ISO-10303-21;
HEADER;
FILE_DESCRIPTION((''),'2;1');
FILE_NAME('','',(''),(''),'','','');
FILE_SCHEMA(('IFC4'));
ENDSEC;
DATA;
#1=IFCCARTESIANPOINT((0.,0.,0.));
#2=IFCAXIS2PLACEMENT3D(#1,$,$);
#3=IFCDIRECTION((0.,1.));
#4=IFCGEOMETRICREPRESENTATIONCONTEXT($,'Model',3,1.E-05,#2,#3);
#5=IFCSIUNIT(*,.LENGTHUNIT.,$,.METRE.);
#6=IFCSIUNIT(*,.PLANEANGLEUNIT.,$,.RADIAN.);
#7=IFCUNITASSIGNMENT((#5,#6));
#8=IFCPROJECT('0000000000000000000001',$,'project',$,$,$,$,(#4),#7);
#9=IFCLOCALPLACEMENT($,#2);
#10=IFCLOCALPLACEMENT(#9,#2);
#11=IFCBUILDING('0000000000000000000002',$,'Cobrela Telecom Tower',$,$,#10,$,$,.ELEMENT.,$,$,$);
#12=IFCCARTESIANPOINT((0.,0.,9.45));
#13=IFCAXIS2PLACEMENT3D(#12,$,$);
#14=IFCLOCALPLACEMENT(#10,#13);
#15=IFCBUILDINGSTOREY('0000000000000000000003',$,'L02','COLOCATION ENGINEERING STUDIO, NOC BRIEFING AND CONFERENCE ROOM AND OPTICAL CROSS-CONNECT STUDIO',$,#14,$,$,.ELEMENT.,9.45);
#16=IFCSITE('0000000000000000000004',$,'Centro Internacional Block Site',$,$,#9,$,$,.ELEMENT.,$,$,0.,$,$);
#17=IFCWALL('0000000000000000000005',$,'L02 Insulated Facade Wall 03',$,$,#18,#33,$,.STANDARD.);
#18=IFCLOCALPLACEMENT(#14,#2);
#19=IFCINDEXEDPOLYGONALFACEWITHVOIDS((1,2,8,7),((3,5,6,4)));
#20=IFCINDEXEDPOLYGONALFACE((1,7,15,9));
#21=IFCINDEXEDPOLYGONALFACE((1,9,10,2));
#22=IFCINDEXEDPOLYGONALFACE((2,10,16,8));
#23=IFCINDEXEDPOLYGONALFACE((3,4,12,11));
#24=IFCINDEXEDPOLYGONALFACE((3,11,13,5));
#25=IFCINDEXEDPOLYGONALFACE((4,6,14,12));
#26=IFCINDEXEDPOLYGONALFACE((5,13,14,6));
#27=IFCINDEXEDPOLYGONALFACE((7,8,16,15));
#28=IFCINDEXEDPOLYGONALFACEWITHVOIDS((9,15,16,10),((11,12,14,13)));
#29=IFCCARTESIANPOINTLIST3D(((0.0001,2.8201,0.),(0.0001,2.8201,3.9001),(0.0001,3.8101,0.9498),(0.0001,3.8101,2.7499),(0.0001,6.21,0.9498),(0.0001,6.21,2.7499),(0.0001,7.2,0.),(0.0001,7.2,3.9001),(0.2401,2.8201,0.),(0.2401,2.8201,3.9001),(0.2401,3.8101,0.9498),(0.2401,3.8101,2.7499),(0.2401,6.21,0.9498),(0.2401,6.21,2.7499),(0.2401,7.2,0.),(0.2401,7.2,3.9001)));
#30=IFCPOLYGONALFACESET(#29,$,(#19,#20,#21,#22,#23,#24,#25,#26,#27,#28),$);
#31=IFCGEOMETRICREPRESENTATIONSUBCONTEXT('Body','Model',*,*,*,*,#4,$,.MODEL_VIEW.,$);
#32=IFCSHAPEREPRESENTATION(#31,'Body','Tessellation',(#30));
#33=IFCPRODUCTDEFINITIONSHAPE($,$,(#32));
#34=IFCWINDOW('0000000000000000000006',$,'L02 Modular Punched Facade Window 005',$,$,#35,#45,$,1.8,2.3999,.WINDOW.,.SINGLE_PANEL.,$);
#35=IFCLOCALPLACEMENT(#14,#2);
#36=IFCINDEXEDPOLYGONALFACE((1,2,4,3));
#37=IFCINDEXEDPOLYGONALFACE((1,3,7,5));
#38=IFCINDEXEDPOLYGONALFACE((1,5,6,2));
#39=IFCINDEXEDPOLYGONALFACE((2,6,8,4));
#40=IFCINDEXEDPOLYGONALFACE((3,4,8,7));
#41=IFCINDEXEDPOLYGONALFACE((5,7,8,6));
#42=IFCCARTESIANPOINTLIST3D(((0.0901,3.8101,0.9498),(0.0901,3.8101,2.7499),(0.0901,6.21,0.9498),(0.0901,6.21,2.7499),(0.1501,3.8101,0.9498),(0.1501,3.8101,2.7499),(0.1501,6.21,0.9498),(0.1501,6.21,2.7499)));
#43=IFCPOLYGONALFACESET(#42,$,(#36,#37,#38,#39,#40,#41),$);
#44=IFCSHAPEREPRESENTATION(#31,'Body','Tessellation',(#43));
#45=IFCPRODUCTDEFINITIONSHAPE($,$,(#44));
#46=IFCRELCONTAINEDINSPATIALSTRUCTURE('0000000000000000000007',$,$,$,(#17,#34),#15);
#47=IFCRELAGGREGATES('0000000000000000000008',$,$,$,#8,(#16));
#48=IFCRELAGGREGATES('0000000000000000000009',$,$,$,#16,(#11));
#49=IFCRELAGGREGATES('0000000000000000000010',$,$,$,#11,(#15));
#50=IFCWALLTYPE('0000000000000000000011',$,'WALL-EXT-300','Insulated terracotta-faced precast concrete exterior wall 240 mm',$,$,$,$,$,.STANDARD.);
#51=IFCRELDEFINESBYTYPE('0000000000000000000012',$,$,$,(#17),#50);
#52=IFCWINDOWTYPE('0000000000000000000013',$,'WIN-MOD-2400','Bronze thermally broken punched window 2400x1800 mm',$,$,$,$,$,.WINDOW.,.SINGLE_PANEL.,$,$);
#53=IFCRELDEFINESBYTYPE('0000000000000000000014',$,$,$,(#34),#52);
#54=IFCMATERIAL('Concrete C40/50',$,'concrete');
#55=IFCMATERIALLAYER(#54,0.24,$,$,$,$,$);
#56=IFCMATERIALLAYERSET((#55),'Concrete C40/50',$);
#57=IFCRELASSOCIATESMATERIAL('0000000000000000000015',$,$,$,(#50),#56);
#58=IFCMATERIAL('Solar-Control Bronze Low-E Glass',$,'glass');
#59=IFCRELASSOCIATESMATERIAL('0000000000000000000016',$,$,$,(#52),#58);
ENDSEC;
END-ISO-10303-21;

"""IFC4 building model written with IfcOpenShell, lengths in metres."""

from ifc_helpers import new_model, si_unit, direction, frame, frame_2d, origin, place, context, subcontext, project, spatial, rectangle, extrude, material, layer, layer_set, type_object, element, fill, save


model = new_model("IFC4")

# Units and contexts
model_context = context("Model", 3, precision=1e-05, world=origin(), true_north=direction((0.0, 1.0)))
body_context = subcontext(model_context, "Body", "Model", "MODEL_VIEW")
ifc_project = project(units=[si_unit("LENGTHUNIT", "METRE"), si_unit("PLANEANGLEUNIT", "RADIAN")], contexts=[model_context])

# Site, building, storey
site_placement = place(None, origin())
site = spatial("IfcSite", under=ifc_project, at=site_placement, Name="Centro Internacional Block Site", CompositionType="ELEMENT", RefElevation=0.0)
building_placement = place(site_placement, origin())
building = spatial("IfcBuilding", under=site, at=building_placement, Name="Cobrela Telecom Tower", CompositionType="ELEMENT")
storey_placement = place(building_placement, frame((0.0, 0.0, 9.45)))
storey = spatial("IfcBuildingStorey", under=building, at=storey_placement, Name="L02", Description="COLOCATION ENGINEERING STUDIO, NOC BRIEFING AND CONFERENCE ROOM AND OPTICAL CROSS-CONNECT STUDIO", CompositionType="ELEMENT", Elevation=9.45)

# Shared definitions
ifc_material_1 = material(Name="Concrete C40/50", Category="concrete")

# Wall, opening, window
ifc_layer_1 = layer(ifc_material_1, 0.24)
ifc_layer_set_1 = layer_set([ifc_layer_1], Name="Concrete C40/50")
wall_type_1 = type_object("IfcWallType", Name="WALL-EXT-300", Description="Insulated terracotta-faced precast concrete exterior wall 240 mm", PredefinedType="STANDARD", material=ifc_layer_set_1)
ifc_material_2 = material(Name="Solar-Control Bronze Low-E Glass", Category="glass")
wall_1_placement = place(storey_placement, frame((0.1201, 2.8201, 0.0), z_axis=(0.0, 0.0, 1.0), x_axis=(0.0, 1.0, 0.0)))
wall_1 = element("IfcWall", 1, at=wall_1_placement, inside=storey, type_object=wall_type_1, Name="L02 Insulated Facade Wall 03", PredefinedType="STANDARD", context=body_context, shape_type="SweptSolid", body=[
    extrude(rectangle(XDim=4.3799, YDim=0.24, at=frame_2d((2.1899, 0.0))), origin(), (0.0, 0.0, 1.0), 3.9001),
])
opening_1_placement = place(wall_1_placement, frame((0.99, 0.0, 0.95)))
opening_1 = element("IfcOpeningElement", 2, at=opening_1_placement, cuts=wall_1, PredefinedType="OPENING", context=body_context, shape_type="SweptSolid", body=[
    extrude(rectangle(XDim=2.3999, YDim=1.8, at=frame_2d((1.2, 0.8999))), frame((0.0, 0.1318, 0.0), z_axis=(0.0, -1.0, 0.0), x_axis=(1.0, 0.0, 0.0)), (0.0, 0.0, 1.0), 0.2639),
])
window_type_1 = type_object("IfcWindowType", Name="WIN-MOD-2400", Description="Bronze thermally broken punched window 2400x1800 mm", PartitioningType="SINGLE_PANEL", PredefinedType="WINDOW", material=ifc_material_2)
window_1_placement = place(opening_1_placement, origin())
window_1 = element("IfcWindow", 3, at=window_1_placement, inside=storey, type_object=window_type_1, Name="L02 Modular Punched Facade Window 005", OverallHeight=1.8, OverallWidth=2.3999, PartitioningType="SINGLE_PANEL", PredefinedType="WINDOW", context=body_context, shape_type="SweptSolid", body=[
    extrude(rectangle(XDim=2.3999, YDim=1.8, at=frame_2d((1.2, 0.8999))), frame((0.0, 0.03, 0.0), z_axis=(0.0, -1.0, 0.0), x_axis=(1.0, 0.0, 0.0)), (0.0, 0.0, 1.0), 0.0601),
])
fill(opening_1, window_1)

save(model, "model.ifc")
